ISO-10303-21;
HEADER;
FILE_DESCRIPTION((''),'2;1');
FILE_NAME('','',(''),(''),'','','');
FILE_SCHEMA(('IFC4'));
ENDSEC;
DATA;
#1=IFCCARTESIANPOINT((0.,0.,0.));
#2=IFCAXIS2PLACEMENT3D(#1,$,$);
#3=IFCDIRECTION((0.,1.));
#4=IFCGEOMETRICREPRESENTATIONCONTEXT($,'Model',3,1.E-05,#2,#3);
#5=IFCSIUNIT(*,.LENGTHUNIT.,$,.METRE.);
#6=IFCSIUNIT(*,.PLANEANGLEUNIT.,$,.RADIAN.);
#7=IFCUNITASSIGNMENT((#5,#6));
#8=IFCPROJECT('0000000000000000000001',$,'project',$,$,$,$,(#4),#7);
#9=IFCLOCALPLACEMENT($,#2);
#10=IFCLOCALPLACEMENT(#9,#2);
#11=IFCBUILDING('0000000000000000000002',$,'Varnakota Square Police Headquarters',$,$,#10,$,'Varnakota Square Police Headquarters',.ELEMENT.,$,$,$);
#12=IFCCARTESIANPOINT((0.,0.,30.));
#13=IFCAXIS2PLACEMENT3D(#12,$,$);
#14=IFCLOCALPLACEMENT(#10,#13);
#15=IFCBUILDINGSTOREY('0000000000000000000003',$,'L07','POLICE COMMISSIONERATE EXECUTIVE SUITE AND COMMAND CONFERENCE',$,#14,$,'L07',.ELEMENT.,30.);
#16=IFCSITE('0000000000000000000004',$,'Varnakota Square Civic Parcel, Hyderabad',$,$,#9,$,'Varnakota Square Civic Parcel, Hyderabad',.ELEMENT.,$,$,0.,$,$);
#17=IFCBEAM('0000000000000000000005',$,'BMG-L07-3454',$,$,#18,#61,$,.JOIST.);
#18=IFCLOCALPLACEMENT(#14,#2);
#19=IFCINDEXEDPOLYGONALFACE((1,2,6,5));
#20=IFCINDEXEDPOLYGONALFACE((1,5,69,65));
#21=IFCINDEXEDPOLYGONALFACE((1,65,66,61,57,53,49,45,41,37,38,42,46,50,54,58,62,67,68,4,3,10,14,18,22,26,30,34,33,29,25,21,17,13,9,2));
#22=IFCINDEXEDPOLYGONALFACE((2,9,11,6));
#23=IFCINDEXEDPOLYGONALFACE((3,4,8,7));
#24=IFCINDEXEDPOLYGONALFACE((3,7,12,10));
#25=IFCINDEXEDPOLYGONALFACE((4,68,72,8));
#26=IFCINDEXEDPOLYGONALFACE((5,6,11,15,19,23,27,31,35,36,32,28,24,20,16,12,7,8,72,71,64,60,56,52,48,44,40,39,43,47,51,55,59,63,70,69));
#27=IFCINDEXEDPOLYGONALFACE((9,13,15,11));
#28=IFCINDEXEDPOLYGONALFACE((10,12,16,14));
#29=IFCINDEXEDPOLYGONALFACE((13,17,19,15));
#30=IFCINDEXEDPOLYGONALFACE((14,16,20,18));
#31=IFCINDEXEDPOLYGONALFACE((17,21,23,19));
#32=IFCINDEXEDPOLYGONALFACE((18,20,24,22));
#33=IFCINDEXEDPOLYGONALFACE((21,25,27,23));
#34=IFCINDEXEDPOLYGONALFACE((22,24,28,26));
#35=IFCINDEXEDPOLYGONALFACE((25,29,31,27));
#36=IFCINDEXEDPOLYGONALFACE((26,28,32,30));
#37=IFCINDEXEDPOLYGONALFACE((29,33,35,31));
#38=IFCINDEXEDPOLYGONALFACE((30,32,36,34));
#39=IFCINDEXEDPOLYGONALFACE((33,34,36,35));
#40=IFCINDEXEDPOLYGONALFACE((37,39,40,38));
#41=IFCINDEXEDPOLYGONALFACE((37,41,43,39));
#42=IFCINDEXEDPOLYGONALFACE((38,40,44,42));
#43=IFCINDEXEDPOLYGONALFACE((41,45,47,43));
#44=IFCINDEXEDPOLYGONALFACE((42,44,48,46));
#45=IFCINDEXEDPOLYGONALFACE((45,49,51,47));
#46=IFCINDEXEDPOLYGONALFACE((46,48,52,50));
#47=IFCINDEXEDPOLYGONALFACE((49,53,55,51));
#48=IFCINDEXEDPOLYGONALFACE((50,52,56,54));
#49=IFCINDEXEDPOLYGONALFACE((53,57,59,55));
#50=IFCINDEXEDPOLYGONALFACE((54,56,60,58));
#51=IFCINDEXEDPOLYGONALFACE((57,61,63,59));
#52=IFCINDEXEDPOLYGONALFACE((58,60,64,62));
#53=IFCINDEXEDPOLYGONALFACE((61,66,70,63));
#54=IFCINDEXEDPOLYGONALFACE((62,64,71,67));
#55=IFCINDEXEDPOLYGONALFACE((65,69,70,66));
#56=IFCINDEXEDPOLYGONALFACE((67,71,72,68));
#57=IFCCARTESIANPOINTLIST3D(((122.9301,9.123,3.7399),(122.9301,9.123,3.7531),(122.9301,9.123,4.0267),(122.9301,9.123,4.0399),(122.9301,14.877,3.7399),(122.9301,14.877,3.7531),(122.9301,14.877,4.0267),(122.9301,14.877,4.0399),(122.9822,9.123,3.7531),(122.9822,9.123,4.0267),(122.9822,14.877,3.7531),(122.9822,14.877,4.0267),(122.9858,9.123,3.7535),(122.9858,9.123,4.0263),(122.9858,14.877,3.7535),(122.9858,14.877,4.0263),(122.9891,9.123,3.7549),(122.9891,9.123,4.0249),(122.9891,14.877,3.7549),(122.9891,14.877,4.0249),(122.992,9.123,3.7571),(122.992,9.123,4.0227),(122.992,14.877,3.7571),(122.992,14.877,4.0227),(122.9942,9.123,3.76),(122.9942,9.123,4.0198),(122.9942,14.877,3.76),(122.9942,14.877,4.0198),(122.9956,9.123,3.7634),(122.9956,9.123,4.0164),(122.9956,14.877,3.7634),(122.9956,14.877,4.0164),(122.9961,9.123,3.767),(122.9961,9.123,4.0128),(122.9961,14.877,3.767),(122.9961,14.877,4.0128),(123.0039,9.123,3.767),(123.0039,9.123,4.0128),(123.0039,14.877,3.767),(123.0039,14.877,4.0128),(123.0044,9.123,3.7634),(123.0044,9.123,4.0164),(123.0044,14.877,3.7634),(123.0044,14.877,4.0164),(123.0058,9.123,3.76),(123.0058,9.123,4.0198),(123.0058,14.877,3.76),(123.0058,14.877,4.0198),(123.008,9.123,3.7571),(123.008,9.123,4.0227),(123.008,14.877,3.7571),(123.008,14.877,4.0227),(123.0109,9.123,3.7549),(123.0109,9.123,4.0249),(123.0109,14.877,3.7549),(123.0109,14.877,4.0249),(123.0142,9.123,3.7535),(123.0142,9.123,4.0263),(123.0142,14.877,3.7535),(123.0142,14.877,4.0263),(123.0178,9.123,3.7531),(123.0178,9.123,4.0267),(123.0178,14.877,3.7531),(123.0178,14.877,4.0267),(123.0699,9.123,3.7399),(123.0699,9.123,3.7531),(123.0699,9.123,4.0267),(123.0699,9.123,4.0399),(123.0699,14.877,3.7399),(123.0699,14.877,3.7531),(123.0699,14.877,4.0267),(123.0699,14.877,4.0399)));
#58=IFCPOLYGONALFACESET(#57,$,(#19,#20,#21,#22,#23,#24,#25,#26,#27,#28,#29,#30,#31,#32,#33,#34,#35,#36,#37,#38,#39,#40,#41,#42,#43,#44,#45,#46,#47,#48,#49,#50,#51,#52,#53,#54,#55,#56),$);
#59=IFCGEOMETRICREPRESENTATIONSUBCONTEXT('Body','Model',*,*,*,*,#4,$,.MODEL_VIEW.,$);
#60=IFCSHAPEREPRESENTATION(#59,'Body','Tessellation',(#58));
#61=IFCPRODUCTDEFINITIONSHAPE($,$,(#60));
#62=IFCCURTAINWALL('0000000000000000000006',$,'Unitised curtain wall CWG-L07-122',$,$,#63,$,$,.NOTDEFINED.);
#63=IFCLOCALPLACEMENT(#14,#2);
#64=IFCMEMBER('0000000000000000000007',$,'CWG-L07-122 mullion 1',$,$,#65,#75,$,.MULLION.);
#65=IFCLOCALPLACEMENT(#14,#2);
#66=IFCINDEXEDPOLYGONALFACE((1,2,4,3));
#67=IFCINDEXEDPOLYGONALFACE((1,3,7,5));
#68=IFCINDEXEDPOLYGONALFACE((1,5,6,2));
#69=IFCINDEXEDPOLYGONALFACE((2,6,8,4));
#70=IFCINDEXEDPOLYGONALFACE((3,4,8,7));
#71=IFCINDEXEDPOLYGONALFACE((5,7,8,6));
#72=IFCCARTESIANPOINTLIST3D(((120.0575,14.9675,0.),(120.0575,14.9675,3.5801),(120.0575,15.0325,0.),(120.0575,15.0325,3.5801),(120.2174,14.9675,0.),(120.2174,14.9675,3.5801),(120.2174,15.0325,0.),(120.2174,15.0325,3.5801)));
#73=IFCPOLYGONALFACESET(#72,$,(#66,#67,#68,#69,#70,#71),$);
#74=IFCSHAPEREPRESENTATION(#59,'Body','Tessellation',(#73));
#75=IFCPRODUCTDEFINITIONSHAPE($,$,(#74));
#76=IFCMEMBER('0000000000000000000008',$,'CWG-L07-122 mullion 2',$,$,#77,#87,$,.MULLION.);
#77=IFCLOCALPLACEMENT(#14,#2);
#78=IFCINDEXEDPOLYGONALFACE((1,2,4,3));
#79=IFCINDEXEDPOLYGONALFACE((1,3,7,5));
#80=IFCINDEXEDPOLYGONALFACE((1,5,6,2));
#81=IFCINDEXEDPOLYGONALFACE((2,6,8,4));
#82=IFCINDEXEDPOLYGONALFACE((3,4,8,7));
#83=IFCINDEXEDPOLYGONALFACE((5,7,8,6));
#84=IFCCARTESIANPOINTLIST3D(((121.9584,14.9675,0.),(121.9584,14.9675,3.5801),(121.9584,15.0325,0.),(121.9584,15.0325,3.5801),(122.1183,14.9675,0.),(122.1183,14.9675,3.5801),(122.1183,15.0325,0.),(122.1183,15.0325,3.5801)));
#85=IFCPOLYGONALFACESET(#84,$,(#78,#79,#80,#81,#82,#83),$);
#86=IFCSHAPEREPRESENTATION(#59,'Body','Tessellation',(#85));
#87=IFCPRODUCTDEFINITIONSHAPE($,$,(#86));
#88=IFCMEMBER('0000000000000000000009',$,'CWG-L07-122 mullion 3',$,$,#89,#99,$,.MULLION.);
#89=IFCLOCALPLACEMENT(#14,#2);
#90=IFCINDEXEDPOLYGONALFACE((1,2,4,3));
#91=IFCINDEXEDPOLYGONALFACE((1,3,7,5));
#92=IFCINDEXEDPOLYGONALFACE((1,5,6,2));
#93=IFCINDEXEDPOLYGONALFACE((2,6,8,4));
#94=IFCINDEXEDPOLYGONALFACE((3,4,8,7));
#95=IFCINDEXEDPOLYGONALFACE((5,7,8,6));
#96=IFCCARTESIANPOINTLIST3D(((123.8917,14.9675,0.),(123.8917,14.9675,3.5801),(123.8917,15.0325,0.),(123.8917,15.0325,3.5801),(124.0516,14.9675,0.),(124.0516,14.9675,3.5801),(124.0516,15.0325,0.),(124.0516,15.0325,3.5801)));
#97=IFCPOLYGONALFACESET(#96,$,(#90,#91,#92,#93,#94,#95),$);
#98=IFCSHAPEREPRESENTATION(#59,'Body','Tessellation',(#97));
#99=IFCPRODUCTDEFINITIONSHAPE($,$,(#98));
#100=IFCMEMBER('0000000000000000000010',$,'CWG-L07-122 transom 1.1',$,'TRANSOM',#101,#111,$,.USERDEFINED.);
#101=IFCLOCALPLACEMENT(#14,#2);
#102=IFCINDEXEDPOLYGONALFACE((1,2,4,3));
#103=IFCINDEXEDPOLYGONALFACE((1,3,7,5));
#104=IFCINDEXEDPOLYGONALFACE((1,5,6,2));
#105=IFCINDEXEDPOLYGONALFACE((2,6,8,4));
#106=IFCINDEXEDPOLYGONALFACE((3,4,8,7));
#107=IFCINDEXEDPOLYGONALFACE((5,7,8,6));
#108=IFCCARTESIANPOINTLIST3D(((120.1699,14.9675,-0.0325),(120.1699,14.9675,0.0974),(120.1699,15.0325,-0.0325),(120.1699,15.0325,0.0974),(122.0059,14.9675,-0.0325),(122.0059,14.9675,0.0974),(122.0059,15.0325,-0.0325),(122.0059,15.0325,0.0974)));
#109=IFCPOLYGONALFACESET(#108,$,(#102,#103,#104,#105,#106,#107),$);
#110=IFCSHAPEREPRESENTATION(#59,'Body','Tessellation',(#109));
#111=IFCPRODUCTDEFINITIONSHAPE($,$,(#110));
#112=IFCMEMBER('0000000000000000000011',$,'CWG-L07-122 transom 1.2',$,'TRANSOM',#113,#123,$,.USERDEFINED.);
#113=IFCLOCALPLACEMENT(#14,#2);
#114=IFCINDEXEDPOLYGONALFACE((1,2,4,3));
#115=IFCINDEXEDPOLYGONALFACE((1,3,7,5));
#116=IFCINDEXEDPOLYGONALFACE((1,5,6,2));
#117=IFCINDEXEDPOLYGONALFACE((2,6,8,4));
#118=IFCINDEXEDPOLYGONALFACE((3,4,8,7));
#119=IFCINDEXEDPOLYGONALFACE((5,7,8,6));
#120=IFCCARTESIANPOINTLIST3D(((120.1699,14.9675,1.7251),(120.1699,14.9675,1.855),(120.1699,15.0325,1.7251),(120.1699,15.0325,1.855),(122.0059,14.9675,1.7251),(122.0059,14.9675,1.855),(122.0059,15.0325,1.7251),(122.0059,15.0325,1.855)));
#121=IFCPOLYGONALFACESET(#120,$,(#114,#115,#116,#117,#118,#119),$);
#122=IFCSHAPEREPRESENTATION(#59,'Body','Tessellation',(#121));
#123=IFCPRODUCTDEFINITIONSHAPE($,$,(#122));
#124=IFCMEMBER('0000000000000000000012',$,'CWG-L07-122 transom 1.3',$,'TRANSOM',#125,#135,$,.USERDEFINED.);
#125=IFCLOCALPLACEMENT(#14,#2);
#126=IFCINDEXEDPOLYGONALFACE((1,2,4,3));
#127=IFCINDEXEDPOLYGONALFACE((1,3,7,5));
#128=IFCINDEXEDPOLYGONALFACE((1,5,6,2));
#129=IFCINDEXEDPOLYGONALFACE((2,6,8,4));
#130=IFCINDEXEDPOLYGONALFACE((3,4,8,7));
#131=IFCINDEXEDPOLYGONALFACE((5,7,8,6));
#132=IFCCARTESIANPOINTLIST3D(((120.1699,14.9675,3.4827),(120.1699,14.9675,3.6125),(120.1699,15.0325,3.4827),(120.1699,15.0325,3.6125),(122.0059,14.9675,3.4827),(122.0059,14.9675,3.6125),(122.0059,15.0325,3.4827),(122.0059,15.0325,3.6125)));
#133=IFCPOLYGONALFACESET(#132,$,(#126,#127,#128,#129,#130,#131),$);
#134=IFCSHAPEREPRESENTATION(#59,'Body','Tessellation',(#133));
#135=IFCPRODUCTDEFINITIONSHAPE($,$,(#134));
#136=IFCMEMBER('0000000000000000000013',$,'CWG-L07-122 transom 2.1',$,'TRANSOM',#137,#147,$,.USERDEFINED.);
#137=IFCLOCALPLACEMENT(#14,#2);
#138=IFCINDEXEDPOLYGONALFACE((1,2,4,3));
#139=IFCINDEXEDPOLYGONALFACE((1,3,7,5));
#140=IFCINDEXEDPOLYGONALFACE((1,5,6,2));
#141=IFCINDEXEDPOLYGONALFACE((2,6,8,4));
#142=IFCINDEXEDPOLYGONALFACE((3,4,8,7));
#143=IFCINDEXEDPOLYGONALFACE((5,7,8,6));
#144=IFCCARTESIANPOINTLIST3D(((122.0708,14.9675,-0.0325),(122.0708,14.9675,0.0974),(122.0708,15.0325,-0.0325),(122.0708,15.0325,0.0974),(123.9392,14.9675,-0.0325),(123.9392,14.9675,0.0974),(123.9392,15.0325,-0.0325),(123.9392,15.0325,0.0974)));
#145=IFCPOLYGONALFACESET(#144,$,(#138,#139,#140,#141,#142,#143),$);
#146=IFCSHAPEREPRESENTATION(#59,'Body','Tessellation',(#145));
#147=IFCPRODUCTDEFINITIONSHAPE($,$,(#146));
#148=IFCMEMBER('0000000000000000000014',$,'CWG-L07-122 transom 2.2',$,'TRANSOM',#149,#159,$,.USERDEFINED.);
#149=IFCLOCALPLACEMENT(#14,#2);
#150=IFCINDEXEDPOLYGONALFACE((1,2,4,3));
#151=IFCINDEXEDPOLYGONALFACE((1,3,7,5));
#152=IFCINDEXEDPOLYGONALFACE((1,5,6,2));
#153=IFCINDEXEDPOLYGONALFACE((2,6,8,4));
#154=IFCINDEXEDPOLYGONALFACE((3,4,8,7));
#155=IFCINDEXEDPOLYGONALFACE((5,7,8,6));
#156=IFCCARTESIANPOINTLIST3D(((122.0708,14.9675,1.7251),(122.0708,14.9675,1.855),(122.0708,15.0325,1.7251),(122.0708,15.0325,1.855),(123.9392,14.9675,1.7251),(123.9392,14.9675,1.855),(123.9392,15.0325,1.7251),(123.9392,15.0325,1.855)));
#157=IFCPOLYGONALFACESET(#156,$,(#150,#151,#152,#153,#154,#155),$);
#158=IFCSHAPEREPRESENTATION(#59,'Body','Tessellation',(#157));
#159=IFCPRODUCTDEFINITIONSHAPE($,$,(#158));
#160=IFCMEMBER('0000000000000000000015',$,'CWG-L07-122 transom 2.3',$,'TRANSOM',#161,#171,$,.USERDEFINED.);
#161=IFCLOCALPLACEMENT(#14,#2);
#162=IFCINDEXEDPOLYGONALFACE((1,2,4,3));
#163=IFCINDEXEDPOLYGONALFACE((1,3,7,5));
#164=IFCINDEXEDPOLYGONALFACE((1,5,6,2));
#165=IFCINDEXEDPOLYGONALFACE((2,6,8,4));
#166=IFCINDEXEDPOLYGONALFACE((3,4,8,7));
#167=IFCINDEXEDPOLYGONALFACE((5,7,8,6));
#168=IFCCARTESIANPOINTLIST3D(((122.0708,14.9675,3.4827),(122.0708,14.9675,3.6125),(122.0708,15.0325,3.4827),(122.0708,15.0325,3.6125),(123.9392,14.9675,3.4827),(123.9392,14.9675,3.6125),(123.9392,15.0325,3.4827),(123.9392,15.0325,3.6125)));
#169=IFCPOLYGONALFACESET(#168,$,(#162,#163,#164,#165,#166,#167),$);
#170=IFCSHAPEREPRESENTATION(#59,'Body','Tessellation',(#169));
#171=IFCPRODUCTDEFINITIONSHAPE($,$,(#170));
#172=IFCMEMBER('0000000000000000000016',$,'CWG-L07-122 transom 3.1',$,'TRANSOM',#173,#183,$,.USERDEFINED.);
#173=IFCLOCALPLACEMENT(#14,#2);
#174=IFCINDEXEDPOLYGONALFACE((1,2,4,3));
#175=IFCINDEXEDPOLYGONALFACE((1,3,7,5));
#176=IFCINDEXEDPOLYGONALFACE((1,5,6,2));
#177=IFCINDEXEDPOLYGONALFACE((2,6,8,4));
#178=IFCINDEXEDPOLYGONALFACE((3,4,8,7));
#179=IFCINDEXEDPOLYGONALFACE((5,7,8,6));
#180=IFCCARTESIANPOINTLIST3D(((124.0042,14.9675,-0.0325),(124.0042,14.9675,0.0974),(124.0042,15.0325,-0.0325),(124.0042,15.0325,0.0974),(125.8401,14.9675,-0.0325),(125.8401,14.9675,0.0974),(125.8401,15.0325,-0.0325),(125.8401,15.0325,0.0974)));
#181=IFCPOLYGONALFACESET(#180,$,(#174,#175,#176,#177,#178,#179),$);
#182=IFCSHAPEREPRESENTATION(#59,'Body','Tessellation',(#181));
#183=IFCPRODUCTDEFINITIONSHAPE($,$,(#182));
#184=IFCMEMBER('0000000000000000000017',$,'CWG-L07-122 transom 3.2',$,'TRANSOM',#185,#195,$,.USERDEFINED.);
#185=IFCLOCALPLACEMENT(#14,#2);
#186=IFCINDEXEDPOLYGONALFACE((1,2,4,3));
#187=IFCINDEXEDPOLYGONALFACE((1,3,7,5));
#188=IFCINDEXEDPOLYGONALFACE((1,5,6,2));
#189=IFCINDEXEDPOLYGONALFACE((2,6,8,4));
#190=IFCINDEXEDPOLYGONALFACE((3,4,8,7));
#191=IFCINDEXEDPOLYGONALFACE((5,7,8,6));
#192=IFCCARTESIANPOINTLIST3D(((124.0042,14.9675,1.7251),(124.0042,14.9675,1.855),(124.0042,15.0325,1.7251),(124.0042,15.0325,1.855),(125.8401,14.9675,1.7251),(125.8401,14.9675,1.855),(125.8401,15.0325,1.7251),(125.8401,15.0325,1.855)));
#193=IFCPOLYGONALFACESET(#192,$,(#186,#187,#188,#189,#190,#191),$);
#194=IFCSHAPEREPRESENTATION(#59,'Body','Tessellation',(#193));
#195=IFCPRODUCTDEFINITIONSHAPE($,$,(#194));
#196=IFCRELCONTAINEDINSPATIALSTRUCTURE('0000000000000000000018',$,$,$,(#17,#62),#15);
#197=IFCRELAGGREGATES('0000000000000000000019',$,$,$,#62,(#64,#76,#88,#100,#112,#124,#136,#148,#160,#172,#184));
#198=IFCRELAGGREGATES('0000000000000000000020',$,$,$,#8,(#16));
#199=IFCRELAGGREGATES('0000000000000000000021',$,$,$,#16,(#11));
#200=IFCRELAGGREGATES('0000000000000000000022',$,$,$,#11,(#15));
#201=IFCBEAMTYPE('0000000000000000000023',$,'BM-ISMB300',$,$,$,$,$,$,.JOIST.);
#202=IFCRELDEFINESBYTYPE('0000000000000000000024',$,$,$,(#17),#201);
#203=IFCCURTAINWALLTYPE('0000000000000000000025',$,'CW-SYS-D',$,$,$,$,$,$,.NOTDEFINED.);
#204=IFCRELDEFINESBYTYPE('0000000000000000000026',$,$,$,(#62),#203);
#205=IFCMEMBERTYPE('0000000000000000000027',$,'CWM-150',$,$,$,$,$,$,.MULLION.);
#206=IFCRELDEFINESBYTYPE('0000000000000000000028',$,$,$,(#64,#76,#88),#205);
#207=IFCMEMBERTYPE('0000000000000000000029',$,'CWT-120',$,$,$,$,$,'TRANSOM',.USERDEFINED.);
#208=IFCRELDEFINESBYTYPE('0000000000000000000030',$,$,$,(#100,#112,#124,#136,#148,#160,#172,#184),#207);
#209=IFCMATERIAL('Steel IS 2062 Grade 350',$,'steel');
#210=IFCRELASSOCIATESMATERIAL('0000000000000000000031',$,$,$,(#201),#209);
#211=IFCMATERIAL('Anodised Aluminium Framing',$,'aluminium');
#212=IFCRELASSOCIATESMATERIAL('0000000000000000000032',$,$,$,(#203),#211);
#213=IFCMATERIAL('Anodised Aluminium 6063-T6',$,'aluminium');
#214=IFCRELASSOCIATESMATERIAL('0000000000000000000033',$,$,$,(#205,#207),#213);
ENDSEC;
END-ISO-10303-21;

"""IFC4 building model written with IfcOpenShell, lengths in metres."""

from ifc_helpers import new_model, si_unit, direction, frame, origin, origin_2d, place, context, subcontext, project, spatial, rectangle, i_section, extrude, material, material_profile, profile_set, type_object, element, aggregate, save


model = new_model("IFC4")

# Units and contexts
model_context = context("Model", 3, precision=1e-05, world=origin(), true_north=direction((0.0, 1.0)))
body_context = subcontext(model_context, "Body", "Model", "MODEL_VIEW")
ifc_project = project(units=[si_unit("LENGTHUNIT", "METRE"), si_unit("PLANEANGLEUNIT", "RADIAN")], contexts=[model_context])

# Site, building, storey
site_placement = place(None, origin())
site = spatial("IfcSite", under=ifc_project, at=site_placement, Name="Varnakota Square Civic Parcel, Hyderabad", LongName="Varnakota Square Civic Parcel, Hyderabad", CompositionType="ELEMENT", RefElevation=0.0)
building_placement = place(site_placement, origin())
building = spatial("IfcBuilding", under=site, at=building_placement, Name="Varnakota Square Police Headquarters", LongName="Varnakota Square Police Headquarters", CompositionType="ELEMENT")
storey_placement = place(building_placement, frame((0.0, 0.0, 30.0)))
storey = spatial("IfcBuildingStorey", under=building, at=storey_placement, Name="L07", Description="POLICE COMMISSIONERATE EXECUTIVE SUITE AND COMMAND CONFERENCE", LongName="L07", CompositionType="ELEMENT", Elevation=30.0)

# Beam
ifc_material_1 = material(Name="Steel IS 2062 Grade 350", Category="steel")
ifc_material_profile_1 = material_profile(ifc_material_1, i_section(OverallWidth=0.1399, OverallDepth=0.3, WebThickness=0.0078, FlangeThickness=0.0132, FilletRadius=0.0139, at=origin_2d()), Name="ISMB 300")
ifc_profile_set_1 = profile_set([ifc_material_profile_1], Name="Steel IS 2062 Grade 350")
beam_type = type_object("IfcBeamType", Name="BM-ISMB300", PredefinedType="JOIST", material=ifc_profile_set_1)
beam_placement = place(storey_placement, frame((123.0, 9.123, 3.8899), z_axis=(0.0, 1.0, 0.0), x_axis=(-1.0, 0.0, 0.0)))
element("IfcBeam", 1, at=beam_placement, inside=storey, type_object=beam_type, Name="BMG-L07-3454", PredefinedType="JOIST", context=body_context, shape_type="SweptSolid", body=[
    extrude(i_section(OverallWidth=0.1399, OverallDepth=0.3, WebThickness=0.0078, FlangeThickness=0.0132, FilletRadius=0.0139, at=origin_2d()), origin(), (0.0, 0.0, 1.0), 5.7539),
])

# Curtain wall, members
ifc_material_2 = material(Name="Anodised Aluminium Framing", Category="aluminium")
curtain_wall_type = type_object("IfcCurtainWallType", Name="CW-SYS-D", PredefinedType="NOTDEFINED", material=ifc_material_2)
curtain_wall_placement = place(storey_placement, origin())
curtain_wall = element("IfcCurtainWall", 2, at=curtain_wall_placement, inside=storey, type_object=curtain_wall_type, Name="Unitised curtain wall CWG-L07-122", PredefinedType="NOTDEFINED")
ifc_material_3 = material(Name="Anodised Aluminium 6063-T6", Category="aluminium")
ifc_material_profile_2 = material_profile(ifc_material_3, rectangle(XDim=0.0649, YDim=0.1599, at=origin_2d()), Name="ALU MULLION 65x160")
ifc_profile_set_2 = profile_set([ifc_material_profile_2], Name="Anodised Aluminium 6063-T6")
member_type_1 = type_object("IfcMemberType", Name="CWM-150", PredefinedType="MULLION", material=ifc_profile_set_2)
member_1_placement = place(storey_placement, frame((120.1375, 15.0, 0.0), z_axis=(0.0, 0.0, 1.0), x_axis=(0.0, 1.0, 0.0)))
member_1 = element("IfcMember", 3, at=member_1_placement, type_object=member_type_1, Name="CWG-L07-122 mullion 1", PredefinedType="MULLION", context=body_context, shape_type="SweptSolid", body=[
    extrude(rectangle(XDim=0.0649, YDim=0.1599, at=origin_2d()), origin(), (0.0, 0.0, 1.0), 3.5801),
])
member_2_placement = place(storey_placement, frame((122.0383, 15.0, 0.0), z_axis=(0.0, 0.0, 1.0), x_axis=(0.0, 1.0, 0.0)))
member_2 = element("IfcMember", 4, at=member_2_placement, type_object=member_type_1, Name="CWG-L07-122 mullion 2", PredefinedType="MULLION", context=body_context, shape_type="SweptSolid", body=[
    extrude(rectangle(XDim=0.0649, YDim=0.1599, at=origin_2d()), origin(), (0.0, 0.0, 1.0), 3.5801),
])
member_3_placement = place(storey_placement, frame((123.9717, 15.0, 0.0), z_axis=(0.0, 0.0, 1.0), x_axis=(0.0, 1.0, 0.0)))
member_3 = element("IfcMember", 5, at=member_3_placement, type_object=member_type_1, Name="CWG-L07-122 mullion 3", PredefinedType="MULLION", context=body_context, shape_type="SweptSolid", body=[
    extrude(rectangle(XDim=0.0649, YDim=0.1599, at=origin_2d()), origin(), (0.0, 0.0, 1.0), 3.5801),
])
ifc_material_profile_3 = material_profile(ifc_material_3, rectangle(XDim=0.0649, YDim=0.1299, at=origin_2d()), Name="ALU TRANSOM 65x130")
ifc_profile_set_3 = profile_set([ifc_material_profile_3], Name="Anodised Aluminium 6063-T6")
member_type_2 = type_object("IfcMemberType", Name="CWT-120", ElementType="TRANSOM", PredefinedType="USERDEFINED", material=ifc_profile_set_3)
member_4_placement = place(storey_placement, frame((120.1699, 15.0, 0.0325), z_axis=(1.0, 0.0, 0.0), x_axis=(0.0, 1.0, 0.0)))
member_4 = element("IfcMember", 6, at=member_4_placement, type_object=member_type_2, Name="CWG-L07-122 transom 1.1", ObjectType="TRANSOM", PredefinedType="USERDEFINED", context=body_context, shape_type="SweptSolid", body=[
    extrude(rectangle(XDim=0.0649, YDim=0.1299, at=origin_2d()), origin(), (0.0, 0.0, 1.0), 1.8359),
])
member_5_placement = place(storey_placement, frame((120.1699, 15.0, 1.79), z_axis=(1.0, 0.0, 0.0), x_axis=(0.0, 1.0, 0.0)))
member_5 = element("IfcMember", 7, at=member_5_placement, type_object=member_type_2, Name="CWG-L07-122 transom 1.2", ObjectType="TRANSOM", PredefinedType="USERDEFINED", context=body_context, shape_type="SweptSolid", body=[
    extrude(rectangle(XDim=0.0649, YDim=0.1299, at=origin_2d()), origin(), (0.0, 0.0, 1.0), 1.8359),
])
member_6_placement = place(storey_placement, frame((120.1699, 15.0, 3.5476), z_axis=(1.0, 0.0, 0.0), x_axis=(0.0, 1.0, 0.0)))
member_6 = element("IfcMember", 8, at=member_6_placement, type_object=member_type_2, Name="CWG-L07-122 transom 1.3", ObjectType="TRANSOM", PredefinedType="USERDEFINED", context=body_context, shape_type="SweptSolid", body=[
    extrude(rectangle(XDim=0.0649, YDim=0.1299, at=origin_2d()), origin(), (0.0, 0.0, 1.0), 1.8359),
])
member_7_placement = place(storey_placement, frame((122.0708, 15.0, 0.0325), z_axis=(1.0, 0.0, 0.0), x_axis=(0.0, 1.0, 0.0)))
member_7 = element("IfcMember", 9, at=member_7_placement, type_object=member_type_2, Name="CWG-L07-122 transom 2.1", ObjectType="TRANSOM", PredefinedType="USERDEFINED", context=body_context, shape_type="SweptSolid", body=[
    extrude(rectangle(XDim=0.0649, YDim=0.1299, at=origin_2d()), origin(), (0.0, 0.0, 1.0), 1.8684),
])
member_8_placement = place(storey_placement, frame((122.0708, 15.0, 1.79), z_axis=(1.0, 0.0, 0.0), x_axis=(0.0, 1.0, 0.0)))
member_8 = element("IfcMember", 10, at=member_8_placement, type_object=member_type_2, Name="CWG-L07-122 transom 2.2", ObjectType="TRANSOM", PredefinedType="USERDEFINED", context=body_context, shape_type="SweptSolid", body=[
    extrude(rectangle(XDim=0.0649, YDim=0.1299, at=origin_2d()), origin(), (0.0, 0.0, 1.0), 1.8684),
])
member_9_placement = place(storey_placement, frame((122.0708, 15.0, 3.5476), z_axis=(1.0, 0.0, 0.0), x_axis=(0.0, 1.0, 0.0)))
member_9 = element("IfcMember", 11, at=member_9_placement, type_object=member_type_2, Name="CWG-L07-122 transom 2.3", ObjectType="TRANSOM", PredefinedType="USERDEFINED", context=body_context, shape_type="SweptSolid", body=[
    extrude(rectangle(XDim=0.0649, YDim=0.1299, at=origin_2d()), origin(), (0.0, 0.0, 1.0), 1.8684),
])
member_10_placement = place(storey_placement, frame((124.0042, 15.0, 0.0325), z_axis=(1.0, 0.0, 0.0), x_axis=(0.0, 1.0, 0.0)))
member_10 = element("IfcMember", 12, at=member_10_placement, type_object=member_type_2, Name="CWG-L07-122 transom 3.1", ObjectType="TRANSOM", PredefinedType="USERDEFINED", context=body_context, shape_type="SweptSolid", body=[
    extrude(rectangle(XDim=0.0649, YDim=0.1299, at=origin_2d()), origin(), (0.0, 0.0, 1.0), 1.8359),
])
member_11_placement = place(storey_placement, frame((124.0042, 15.0, 1.79), z_axis=(1.0, 0.0, 0.0), x_axis=(0.0, 1.0, 0.0)))
member_11 = element("IfcMember", 13, at=member_11_placement, type_object=member_type_2, Name="CWG-L07-122 transom 3.2", ObjectType="TRANSOM", PredefinedType="USERDEFINED", context=body_context, shape_type="SweptSolid", body=[
    extrude(rectangle(XDim=0.0649, YDim=0.1299, at=origin_2d()), origin(), (0.0, 0.0, 1.0), 1.8359),
])
aggregate(curtain_wall, [member_1, member_2, member_3, member_4, member_5, member_6, member_7, member_8, member_9, member_10, member_11])

save(model, "model.ifc")
